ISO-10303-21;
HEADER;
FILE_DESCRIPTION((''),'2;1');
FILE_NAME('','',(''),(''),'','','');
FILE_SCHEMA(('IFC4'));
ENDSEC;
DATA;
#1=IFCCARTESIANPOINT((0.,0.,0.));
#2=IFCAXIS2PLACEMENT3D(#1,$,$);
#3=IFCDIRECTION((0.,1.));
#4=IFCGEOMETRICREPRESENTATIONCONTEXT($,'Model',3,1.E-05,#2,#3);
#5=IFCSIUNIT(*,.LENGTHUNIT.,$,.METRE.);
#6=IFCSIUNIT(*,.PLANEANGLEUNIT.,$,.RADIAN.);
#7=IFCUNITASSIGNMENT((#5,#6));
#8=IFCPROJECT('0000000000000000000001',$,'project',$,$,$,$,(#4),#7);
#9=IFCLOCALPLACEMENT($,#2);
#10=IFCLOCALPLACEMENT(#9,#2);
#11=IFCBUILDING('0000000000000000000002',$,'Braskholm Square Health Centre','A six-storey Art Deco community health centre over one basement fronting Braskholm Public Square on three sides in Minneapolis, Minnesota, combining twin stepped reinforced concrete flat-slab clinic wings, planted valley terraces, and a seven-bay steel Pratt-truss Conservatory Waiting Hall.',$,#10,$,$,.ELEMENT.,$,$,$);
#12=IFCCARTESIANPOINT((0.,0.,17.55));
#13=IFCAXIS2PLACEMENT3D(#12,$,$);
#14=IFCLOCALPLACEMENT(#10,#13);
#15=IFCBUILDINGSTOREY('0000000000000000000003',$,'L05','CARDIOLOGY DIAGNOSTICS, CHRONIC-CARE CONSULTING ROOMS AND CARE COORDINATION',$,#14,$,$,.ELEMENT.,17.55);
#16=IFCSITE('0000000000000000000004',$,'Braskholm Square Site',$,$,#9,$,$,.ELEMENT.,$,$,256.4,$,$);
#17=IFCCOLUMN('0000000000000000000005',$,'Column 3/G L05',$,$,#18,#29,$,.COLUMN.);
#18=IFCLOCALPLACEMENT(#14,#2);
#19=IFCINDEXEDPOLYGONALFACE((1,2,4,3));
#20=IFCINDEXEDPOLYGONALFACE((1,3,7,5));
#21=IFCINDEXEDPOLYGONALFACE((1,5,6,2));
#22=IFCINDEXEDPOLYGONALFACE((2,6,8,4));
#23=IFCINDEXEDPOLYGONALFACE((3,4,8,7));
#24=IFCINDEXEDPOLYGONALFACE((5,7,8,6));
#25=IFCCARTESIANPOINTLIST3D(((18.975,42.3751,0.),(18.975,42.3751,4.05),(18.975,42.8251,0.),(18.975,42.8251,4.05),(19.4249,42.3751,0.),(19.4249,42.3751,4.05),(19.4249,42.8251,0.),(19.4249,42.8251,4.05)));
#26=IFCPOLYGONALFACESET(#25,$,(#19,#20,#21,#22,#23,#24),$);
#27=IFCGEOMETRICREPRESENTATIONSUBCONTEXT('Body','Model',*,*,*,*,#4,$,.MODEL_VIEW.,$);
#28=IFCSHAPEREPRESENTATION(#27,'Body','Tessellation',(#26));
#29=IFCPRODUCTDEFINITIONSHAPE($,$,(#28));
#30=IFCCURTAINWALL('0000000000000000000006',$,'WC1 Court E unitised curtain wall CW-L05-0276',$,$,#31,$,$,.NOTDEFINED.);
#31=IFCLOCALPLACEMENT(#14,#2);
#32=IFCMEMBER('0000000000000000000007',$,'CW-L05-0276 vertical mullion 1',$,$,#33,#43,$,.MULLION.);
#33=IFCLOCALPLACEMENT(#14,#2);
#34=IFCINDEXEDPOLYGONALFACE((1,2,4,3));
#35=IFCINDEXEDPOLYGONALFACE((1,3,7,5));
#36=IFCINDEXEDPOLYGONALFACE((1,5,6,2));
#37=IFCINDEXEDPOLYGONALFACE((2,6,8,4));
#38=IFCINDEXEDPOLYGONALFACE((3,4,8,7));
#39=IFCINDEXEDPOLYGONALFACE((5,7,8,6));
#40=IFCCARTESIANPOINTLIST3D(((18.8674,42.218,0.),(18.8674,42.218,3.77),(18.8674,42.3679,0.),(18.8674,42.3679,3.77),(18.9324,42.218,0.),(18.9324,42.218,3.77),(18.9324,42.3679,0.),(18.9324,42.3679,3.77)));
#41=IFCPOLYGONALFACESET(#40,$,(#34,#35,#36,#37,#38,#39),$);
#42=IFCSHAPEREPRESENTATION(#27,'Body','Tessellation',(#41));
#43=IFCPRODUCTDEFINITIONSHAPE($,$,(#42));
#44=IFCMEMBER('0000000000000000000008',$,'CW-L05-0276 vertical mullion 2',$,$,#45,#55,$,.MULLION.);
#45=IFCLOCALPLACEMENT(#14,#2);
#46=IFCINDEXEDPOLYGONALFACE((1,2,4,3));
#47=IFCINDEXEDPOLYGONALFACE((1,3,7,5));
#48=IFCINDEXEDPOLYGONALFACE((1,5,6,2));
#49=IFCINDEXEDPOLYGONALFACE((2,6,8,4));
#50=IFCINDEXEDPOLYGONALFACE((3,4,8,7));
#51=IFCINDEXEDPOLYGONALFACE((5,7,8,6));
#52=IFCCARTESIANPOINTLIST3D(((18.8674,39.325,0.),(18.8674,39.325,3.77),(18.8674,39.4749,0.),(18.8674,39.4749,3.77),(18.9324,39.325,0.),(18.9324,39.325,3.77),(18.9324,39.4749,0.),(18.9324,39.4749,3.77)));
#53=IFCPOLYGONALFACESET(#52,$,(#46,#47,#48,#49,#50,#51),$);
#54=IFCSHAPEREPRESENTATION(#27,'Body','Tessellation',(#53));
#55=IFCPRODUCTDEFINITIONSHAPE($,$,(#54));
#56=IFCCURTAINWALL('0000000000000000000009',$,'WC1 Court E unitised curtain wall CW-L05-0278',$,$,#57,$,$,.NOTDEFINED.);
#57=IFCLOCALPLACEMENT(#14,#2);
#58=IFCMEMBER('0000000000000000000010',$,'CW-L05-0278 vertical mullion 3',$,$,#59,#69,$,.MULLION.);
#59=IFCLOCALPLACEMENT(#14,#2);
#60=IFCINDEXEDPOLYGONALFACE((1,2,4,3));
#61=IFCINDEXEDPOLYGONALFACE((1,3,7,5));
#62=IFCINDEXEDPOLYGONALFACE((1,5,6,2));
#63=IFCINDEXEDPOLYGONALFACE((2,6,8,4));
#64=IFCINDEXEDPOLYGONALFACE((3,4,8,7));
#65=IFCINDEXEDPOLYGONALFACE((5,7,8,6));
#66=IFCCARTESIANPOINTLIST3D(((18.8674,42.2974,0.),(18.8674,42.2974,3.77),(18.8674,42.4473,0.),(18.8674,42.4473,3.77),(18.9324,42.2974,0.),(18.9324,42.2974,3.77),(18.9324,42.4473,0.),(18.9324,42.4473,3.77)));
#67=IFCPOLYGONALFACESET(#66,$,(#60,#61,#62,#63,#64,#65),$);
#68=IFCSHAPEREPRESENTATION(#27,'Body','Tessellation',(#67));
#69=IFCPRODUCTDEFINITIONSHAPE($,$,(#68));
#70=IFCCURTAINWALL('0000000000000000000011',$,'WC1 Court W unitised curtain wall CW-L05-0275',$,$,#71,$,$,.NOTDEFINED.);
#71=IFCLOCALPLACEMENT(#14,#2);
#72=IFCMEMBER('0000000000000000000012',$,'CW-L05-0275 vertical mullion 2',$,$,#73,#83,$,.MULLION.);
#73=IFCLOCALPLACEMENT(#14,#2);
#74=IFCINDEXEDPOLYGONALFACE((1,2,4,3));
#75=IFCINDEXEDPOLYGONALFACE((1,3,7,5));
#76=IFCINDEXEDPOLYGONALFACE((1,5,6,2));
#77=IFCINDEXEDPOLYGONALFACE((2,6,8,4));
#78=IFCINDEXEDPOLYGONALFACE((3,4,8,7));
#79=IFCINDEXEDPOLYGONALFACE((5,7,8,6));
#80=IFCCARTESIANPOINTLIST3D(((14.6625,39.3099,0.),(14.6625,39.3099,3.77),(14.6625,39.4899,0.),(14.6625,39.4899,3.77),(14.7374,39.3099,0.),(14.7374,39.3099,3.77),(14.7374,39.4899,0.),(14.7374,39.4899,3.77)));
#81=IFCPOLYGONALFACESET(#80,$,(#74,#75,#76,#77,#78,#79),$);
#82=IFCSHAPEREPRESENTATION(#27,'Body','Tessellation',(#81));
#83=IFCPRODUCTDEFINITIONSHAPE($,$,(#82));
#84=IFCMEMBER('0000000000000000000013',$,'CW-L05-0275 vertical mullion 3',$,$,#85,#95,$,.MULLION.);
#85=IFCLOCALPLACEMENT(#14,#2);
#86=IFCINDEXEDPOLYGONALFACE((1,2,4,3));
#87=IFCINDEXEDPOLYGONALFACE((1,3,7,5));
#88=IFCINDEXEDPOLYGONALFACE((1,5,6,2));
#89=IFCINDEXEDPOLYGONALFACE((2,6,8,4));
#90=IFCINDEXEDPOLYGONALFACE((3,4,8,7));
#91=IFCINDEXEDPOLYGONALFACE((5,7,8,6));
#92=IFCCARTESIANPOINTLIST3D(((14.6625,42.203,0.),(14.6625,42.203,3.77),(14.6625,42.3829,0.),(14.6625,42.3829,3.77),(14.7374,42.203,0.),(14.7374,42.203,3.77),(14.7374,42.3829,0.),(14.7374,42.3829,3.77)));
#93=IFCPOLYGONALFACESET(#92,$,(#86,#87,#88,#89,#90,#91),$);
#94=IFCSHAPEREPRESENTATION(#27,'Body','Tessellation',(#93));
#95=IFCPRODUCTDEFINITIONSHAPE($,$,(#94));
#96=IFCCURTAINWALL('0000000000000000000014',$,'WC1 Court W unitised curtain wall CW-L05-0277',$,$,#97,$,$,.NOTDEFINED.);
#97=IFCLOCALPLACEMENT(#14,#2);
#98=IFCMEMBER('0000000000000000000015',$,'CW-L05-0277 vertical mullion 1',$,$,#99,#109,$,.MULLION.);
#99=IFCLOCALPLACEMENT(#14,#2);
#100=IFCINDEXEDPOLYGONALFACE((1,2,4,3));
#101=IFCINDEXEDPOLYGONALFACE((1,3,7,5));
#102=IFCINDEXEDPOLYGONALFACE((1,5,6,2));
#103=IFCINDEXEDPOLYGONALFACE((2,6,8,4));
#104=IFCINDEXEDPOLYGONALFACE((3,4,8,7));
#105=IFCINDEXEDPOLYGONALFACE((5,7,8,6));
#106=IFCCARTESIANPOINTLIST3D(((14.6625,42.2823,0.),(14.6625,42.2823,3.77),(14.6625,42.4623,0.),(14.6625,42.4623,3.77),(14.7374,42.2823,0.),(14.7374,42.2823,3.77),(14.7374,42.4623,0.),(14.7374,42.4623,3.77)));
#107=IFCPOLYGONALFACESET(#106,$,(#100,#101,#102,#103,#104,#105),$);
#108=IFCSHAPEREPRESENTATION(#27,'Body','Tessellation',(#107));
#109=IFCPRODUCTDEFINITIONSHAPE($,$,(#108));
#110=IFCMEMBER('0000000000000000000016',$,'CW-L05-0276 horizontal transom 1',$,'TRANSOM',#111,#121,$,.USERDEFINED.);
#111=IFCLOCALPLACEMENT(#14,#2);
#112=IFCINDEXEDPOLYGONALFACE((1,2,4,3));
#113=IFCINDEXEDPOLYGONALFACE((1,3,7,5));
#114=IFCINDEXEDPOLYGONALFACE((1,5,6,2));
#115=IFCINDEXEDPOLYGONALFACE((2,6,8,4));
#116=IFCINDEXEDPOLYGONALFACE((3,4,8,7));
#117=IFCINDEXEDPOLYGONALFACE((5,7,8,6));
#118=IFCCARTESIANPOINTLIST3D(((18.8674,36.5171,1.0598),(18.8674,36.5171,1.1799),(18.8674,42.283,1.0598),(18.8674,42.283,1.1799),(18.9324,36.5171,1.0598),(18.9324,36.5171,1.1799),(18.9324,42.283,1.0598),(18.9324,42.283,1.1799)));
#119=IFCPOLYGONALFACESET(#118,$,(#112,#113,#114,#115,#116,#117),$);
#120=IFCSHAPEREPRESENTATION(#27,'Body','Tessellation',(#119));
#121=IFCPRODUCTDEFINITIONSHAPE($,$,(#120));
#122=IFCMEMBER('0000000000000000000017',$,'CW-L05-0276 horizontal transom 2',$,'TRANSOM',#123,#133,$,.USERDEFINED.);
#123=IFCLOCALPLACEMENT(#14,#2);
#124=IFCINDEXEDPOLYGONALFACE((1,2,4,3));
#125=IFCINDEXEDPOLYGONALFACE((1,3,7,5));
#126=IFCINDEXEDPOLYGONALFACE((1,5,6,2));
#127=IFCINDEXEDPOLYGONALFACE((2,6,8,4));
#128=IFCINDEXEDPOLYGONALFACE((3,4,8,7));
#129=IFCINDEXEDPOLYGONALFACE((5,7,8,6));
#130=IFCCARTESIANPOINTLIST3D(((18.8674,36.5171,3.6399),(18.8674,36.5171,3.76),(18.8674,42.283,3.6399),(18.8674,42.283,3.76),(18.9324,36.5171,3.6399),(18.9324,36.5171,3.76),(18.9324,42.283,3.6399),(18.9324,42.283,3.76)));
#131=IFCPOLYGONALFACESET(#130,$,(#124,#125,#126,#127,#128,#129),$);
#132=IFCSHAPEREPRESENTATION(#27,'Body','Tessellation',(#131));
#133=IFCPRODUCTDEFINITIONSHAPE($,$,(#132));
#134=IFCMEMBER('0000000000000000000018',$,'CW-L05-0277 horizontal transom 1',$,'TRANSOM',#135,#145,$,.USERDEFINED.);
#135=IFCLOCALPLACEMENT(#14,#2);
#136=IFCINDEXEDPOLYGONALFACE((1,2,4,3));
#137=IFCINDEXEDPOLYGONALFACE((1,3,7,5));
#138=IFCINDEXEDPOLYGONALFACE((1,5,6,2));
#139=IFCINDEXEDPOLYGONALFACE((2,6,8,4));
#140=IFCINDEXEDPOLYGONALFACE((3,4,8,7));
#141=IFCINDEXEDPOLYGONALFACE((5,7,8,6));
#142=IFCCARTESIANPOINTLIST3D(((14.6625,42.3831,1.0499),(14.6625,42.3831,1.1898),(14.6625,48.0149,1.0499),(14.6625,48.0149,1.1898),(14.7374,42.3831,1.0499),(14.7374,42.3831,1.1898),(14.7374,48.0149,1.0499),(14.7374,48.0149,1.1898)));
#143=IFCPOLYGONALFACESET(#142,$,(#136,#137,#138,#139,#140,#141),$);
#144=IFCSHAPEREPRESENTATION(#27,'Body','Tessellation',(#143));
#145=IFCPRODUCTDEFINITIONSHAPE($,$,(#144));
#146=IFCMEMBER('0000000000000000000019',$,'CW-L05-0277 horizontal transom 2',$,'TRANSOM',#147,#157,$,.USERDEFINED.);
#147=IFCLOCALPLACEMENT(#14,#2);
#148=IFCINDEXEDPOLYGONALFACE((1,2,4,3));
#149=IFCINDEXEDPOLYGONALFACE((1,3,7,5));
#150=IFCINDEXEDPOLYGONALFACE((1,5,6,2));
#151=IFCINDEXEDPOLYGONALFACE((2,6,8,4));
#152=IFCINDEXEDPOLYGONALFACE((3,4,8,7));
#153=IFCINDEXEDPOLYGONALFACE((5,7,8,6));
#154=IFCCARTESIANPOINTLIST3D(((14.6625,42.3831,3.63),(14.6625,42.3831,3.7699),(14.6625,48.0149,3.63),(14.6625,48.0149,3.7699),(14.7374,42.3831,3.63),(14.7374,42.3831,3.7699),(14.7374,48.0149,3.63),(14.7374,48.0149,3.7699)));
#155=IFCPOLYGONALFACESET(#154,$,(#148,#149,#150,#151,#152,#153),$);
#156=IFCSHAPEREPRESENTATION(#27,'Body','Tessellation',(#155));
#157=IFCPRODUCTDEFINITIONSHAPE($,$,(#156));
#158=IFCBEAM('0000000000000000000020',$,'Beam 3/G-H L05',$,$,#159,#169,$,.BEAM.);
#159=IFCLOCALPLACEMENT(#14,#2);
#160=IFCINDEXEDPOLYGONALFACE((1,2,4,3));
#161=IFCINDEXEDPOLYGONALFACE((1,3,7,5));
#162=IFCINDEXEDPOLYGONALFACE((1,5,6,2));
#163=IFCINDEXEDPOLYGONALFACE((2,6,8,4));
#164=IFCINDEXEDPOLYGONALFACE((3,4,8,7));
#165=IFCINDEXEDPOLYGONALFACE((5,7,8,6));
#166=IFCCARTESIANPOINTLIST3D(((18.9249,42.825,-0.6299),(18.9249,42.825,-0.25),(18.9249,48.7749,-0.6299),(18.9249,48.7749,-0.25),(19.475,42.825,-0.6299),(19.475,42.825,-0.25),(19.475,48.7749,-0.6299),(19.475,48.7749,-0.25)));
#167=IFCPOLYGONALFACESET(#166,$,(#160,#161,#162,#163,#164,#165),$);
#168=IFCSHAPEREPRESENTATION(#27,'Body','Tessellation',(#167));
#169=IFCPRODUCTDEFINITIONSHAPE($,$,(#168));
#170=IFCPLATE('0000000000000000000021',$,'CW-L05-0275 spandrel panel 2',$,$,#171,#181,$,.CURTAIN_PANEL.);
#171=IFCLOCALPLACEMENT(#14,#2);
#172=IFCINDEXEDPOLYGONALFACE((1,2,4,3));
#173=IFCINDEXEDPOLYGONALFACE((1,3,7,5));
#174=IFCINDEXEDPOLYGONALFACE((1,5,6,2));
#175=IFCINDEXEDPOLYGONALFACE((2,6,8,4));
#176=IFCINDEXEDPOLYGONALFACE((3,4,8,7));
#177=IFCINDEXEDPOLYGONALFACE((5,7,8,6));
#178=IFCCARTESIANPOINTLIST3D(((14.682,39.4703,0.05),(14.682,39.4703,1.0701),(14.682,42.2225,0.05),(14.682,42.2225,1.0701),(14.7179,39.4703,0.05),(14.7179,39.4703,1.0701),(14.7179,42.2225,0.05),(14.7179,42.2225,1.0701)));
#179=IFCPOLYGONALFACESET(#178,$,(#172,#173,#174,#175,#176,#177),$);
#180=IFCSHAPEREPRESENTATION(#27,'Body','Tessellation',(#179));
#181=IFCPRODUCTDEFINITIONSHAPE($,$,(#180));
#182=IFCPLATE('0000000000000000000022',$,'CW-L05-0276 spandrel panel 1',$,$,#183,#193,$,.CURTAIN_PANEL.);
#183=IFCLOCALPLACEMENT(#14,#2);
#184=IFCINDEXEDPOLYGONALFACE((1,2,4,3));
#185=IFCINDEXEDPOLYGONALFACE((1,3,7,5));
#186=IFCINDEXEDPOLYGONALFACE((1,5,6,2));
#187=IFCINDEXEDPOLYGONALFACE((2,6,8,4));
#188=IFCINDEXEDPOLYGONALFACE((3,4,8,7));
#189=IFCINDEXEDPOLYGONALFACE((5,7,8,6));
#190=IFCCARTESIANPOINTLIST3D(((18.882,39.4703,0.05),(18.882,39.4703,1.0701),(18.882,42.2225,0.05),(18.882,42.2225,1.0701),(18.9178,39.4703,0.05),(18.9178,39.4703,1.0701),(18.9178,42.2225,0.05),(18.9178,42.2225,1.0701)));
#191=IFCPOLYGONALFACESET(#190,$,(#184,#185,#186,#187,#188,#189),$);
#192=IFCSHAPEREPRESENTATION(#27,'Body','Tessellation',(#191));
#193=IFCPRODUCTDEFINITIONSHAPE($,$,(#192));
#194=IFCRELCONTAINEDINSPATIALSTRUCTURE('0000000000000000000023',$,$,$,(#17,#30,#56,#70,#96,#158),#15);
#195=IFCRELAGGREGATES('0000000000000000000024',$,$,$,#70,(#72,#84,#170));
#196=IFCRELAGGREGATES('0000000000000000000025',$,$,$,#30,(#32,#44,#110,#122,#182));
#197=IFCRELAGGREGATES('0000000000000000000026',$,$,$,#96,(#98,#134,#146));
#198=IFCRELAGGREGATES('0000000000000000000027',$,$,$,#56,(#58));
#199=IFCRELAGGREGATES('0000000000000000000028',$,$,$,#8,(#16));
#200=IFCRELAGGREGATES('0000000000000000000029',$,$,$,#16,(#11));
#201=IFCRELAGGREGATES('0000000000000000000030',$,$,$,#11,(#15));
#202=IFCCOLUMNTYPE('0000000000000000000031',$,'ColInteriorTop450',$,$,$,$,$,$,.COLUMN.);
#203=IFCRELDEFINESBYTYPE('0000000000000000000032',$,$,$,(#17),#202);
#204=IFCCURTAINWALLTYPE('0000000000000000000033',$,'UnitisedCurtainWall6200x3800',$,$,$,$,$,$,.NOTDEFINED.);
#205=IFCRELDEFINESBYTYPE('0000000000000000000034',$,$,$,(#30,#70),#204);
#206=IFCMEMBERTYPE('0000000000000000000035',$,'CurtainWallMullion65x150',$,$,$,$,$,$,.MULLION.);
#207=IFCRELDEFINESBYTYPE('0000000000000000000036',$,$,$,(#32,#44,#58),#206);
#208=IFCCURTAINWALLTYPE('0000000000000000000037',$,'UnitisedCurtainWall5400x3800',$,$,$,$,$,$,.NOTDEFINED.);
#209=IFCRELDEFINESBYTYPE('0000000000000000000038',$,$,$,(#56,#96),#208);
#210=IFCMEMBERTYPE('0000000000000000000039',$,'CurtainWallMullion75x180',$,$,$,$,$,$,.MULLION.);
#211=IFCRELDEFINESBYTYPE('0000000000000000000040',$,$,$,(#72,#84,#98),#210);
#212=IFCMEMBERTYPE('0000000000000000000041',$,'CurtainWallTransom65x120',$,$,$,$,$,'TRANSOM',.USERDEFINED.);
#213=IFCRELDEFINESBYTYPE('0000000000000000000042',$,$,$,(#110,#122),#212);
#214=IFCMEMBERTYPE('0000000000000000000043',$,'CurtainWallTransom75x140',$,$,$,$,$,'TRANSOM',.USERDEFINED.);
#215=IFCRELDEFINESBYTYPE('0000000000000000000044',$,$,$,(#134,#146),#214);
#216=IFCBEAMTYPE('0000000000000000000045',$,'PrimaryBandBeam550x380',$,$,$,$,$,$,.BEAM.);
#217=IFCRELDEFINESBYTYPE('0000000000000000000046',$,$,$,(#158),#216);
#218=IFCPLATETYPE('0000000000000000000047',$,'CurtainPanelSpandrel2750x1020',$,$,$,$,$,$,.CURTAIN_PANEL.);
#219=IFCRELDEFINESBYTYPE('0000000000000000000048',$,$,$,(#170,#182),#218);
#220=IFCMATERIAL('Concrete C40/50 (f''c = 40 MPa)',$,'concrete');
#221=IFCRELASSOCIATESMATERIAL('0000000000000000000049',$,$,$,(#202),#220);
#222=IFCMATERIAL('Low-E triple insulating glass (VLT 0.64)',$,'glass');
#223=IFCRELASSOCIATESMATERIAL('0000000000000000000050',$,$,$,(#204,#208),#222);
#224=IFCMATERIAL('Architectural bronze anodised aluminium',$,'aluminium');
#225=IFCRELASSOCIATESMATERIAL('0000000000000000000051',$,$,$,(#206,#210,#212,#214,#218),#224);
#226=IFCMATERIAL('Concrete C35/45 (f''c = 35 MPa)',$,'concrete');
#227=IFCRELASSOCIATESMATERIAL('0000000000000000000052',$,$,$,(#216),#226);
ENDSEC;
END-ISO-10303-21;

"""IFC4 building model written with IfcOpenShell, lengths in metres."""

from ifc_helpers import new_model, si_unit, direction, frame, origin, origin_2d, place, context, subcontext, project, spatial, rectangle, extrude, material, material_profile, profile_set, type_object, element, aggregate, save


model = new_model("IFC4")

# Units and contexts
model_context = context("Model", 3, precision=1e-05, world=origin(), true_north=direction((0.0, 1.0)))
body_context = subcontext(model_context, "Body", "Model", "MODEL_VIEW")
ifc_project = project(units=[si_unit("LENGTHUNIT", "METRE"), si_unit("PLANEANGLEUNIT", "RADIAN")], contexts=[model_context])

# Site, building, storey
site_placement = place(None, origin())
site = spatial("IfcSite", under=ifc_project, at=site_placement, Name="Braskholm Square Site", CompositionType="ELEMENT", RefElevation=256.4)
building_placement = place(site_placement, origin())
building = spatial("IfcBuilding", under=site, at=building_placement, Name="Braskholm Square Health Centre", Description="A six-storey Art Deco community health centre over one basement fronting Braskholm Public Square on three sides in Minneapolis, Minnesota, combining twin stepped reinforced concrete flat-slab clinic wings, planted valley terraces, and a seven-bay steel Pratt-truss Conservatory Waiting Hall.", CompositionType="ELEMENT")
storey_placement = place(building_placement, frame((0.0, 0.0, 17.55)))
storey = spatial("IfcBuildingStorey", under=building, at=storey_placement, Name="L05", Description="CARDIOLOGY DIAGNOSTICS, CHRONIC-CARE CONSULTING ROOMS AND CARE COORDINATION", CompositionType="ELEMENT", Elevation=17.55)

# Column
ifc_material_1 = material(Name="Concrete C40/50 (f'c = 40 MPa)", Category="concrete")
ifc_material_profile_1 = material_profile(ifc_material_1, rectangle(XDim=0.45, YDim=0.45, at=origin_2d()), Name="RC-450X450")
ifc_profile_set_1 = profile_set([ifc_material_profile_1], Name="Concrete C40/50 (f'c = 40 MPa)")
column_type = type_object("IfcColumnType", Name="ColInteriorTop450", PredefinedType="COLUMN", material=ifc_profile_set_1)
column_placement = place(storey_placement, frame((19.2, 42.6001, 0.0), z_axis=(0.0, 0.0, 1.0), x_axis=(1.0, 0.0, 0.0)))
element("IfcColumn", 1, at=column_placement, inside=storey, type_object=column_type, Name="Column 3/G L05", PredefinedType="COLUMN", context=body_context, shape_type="SweptSolid", body=[
    extrude(rectangle(XDim=0.45, YDim=0.45, at=origin_2d()), origin(), (0.0, 0.0, 1.0), 4.05),
])

# Curtain wall, members
ifc_material_2 = material(Name="Low-E triple insulating glass (VLT 0.64)", Category="glass")
curtain_wall_type_1 = type_object("IfcCurtainWallType", Name="UnitisedCurtainWall6200x3800", PredefinedType="NOTDEFINED", material=ifc_material_2)
curtain_wall_1_placement = place(storey_placement, origin())
curtain_wall_1 = element("IfcCurtainWall", 2, at=curtain_wall_1_placement, inside=storey, type_object=curtain_wall_type_1, Name="WC1 Court E unitised curtain wall CW-L05-0276", PredefinedType="NOTDEFINED")
ifc_material_3 = material(Name="Architectural bronze anodised aluminium", Category="aluminium")
ifc_material_profile_2 = material_profile(ifc_material_3, rectangle(XDim=0.0649, YDim=0.1499, at=origin_2d()), Name="ALU-65X150")
ifc_profile_set_2 = profile_set([ifc_material_profile_2], Name="Architectural bronze anodised aluminium")
member_type_1 = type_object("IfcMemberType", Name="CurtainWallMullion65x150", PredefinedType="MULLION", material=ifc_profile_set_2)
member_1_placement = place(storey_placement, frame((18.8999, 42.293, 0.0), z_axis=(0.0, 0.0, 1.0), x_axis=(1.0, 0.0, 0.0)))
member_1 = element("IfcMember", 3, at=member_1_placement, type_object=member_type_1, Name="CW-L05-0276 vertical mullion 1", PredefinedType="MULLION", context=body_context, shape_type="SweptSolid", body=[
    extrude(rectangle(XDim=0.0649, YDim=0.1499, at=origin_2d()), origin(), (0.0, 0.0, 1.0), 3.77),
])
member_2_placement = place(storey_placement, frame((18.8999, 39.3999, 0.0), z_axis=(0.0, 0.0, 1.0), x_axis=(1.0, 0.0, 0.0)))
member_2 = element("IfcMember", 4, at=member_2_placement, type_object=member_type_1, Name="CW-L05-0276 vertical mullion 2", PredefinedType="MULLION", context=body_context, shape_type="SweptSolid", body=[
    extrude(rectangle(XDim=0.0649, YDim=0.1499, at=origin_2d()), origin(), (0.0, 0.0, 1.0), 3.77),
])

# Curtain wall, member
curtain_wall_type_2 = type_object("IfcCurtainWallType", Name="UnitisedCurtainWall5400x3800", PredefinedType="NOTDEFINED", material=ifc_material_2)
curtain_wall_2_placement = place(storey_placement, origin())
curtain_wall_2 = element("IfcCurtainWall", 5, at=curtain_wall_2_placement, inside=storey, type_object=curtain_wall_type_2, Name="WC1 Court E unitised curtain wall CW-L05-0278", PredefinedType="NOTDEFINED")
member_3_placement = place(storey_placement, frame((18.8999, 42.3723, 0.0), z_axis=(0.0, 0.0, 1.0), x_axis=(1.0, 0.0, 0.0)))
member_3 = element("IfcMember", 6, at=member_3_placement, type_object=member_type_1, Name="CW-L05-0278 vertical mullion 3", PredefinedType="MULLION", context=body_context, shape_type="SweptSolid", body=[
    extrude(rectangle(XDim=0.0649, YDim=0.1499, at=origin_2d()), origin(), (0.0, 0.0, 1.0), 3.77),
])

# Curtain wall, members
curtain_wall_3_placement = place(storey_placement, origin())
curtain_wall_3 = element("IfcCurtainWall", 7, at=curtain_wall_3_placement, inside=storey, type_object=curtain_wall_type_1, Name="WC1 Court W unitised curtain wall CW-L05-0275", PredefinedType="NOTDEFINED")
ifc_material_profile_3 = material_profile(ifc_material_3, rectangle(XDim=0.075, YDim=0.1799, at=origin_2d()), Name="ALU-75X180")
ifc_profile_set_3 = profile_set([ifc_material_profile_3], Name="Architectural bronze anodised aluminium")
member_type_2 = type_object("IfcMemberType", Name="CurtainWallMullion75x180", PredefinedType="MULLION", material=ifc_profile_set_3)
member_4_placement = place(storey_placement, frame((14.7, 39.3999, 0.0), z_axis=(0.0, 0.0, 1.0), x_axis=(1.0, 0.0, 0.0)))
member_4 = element("IfcMember", 8, at=member_4_placement, type_object=member_type_2, Name="CW-L05-0275 vertical mullion 2", PredefinedType="MULLION", context=body_context, shape_type="SweptSolid", body=[
    extrude(rectangle(XDim=0.075, YDim=0.1799, at=origin_2d()), origin(), (0.0, 0.0, 1.0), 3.77),
])
member_5_placement = place(storey_placement, frame((14.7, 42.293, 0.0), z_axis=(0.0, 0.0, 1.0), x_axis=(1.0, 0.0, 0.0)))
member_5 = element("IfcMember", 9, at=member_5_placement, type_object=member_type_2, Name="CW-L05-0275 vertical mullion 3", PredefinedType="MULLION", context=body_context, shape_type="SweptSolid", body=[
    extrude(rectangle(XDim=0.075, YDim=0.1799, at=origin_2d()), origin(), (0.0, 0.0, 1.0), 3.77),
])

# Curtain wall, member
curtain_wall_4_placement = place(storey_placement, origin())
curtain_wall_4 = element("IfcCurtainWall", 10, at=curtain_wall_4_placement, inside=storey, type_object=curtain_wall_type_2, Name="WC1 Court W unitised curtain wall CW-L05-0277", PredefinedType="NOTDEFINED")
member_6_placement = place(storey_placement, frame((14.7, 42.3723, 0.0), z_axis=(0.0, 0.0, 1.0), x_axis=(1.0, 0.0, 0.0)))
member_6 = element("IfcMember", 11, at=member_6_placement, type_object=member_type_2, Name="CW-L05-0277 vertical mullion 1", PredefinedType="MULLION", context=body_context, shape_type="SweptSolid", body=[
    extrude(rectangle(XDim=0.075, YDim=0.1799, at=origin_2d()), origin(), (0.0, 0.0, 1.0), 3.77),
])

# Members
ifc_material_profile_4 = material_profile(ifc_material_3, rectangle(XDim=0.0649, YDim=0.1201, at=origin_2d()), Name="ALU-65X120")
ifc_profile_set_4 = profile_set([ifc_material_profile_4], Name="Architectural bronze anodised aluminium")
member_type_3 = type_object("IfcMemberType", Name="CurtainWallTransom65x120", ElementType="TRANSOM", PredefinedType="USERDEFINED", material=ifc_profile_set_4)
member_7_placement = place(storey_placement, frame((18.8999, 42.283, 1.1199), z_axis=(0.0, -1.0, 0.0), x_axis=(1.0, 0.0, 0.0)))
member_7 = element("IfcMember", 12, at=member_7_placement, type_object=member_type_3, Name="CW-L05-0276 horizontal transom 1", ObjectType="TRANSOM", PredefinedType="USERDEFINED", context=body_context, shape_type="SweptSolid", body=[
    extrude(rectangle(XDim=0.0649, YDim=0.1201, at=origin_2d()), origin(), (0.0, 0.0, 1.0), 5.7659),
])
member_8_placement = place(storey_placement, frame((18.8999, 42.283, 3.7), z_axis=(0.0, -1.0, 0.0), x_axis=(1.0, 0.0, 0.0)))
member_8 = element("IfcMember", 13, at=member_8_placement, type_object=member_type_3, Name="CW-L05-0276 horizontal transom 2", ObjectType="TRANSOM", PredefinedType="USERDEFINED", context=body_context, shape_type="SweptSolid", body=[
    extrude(rectangle(XDim=0.0649, YDim=0.1201, at=origin_2d()), origin(), (0.0, 0.0, 1.0), 5.7659),
])
ifc_material_profile_5 = material_profile(ifc_material_3, rectangle(XDim=0.075, YDim=0.1399, at=origin_2d()), Name="ALU-75X140")
ifc_profile_set_5 = profile_set([ifc_material_profile_5], Name="Architectural bronze anodised aluminium")
member_type_4 = type_object("IfcMemberType", Name="CurtainWallTransom75x140", ElementType="TRANSOM", PredefinedType="USERDEFINED", material=ifc_profile_set_5)
member_9_placement = place(storey_placement, frame((14.7, 42.3831, 1.1199), z_axis=(0.0, 1.0, 0.0), x_axis=(-1.0, 0.0, 0.0)))
member_9 = element("IfcMember", 14, at=member_9_placement, type_object=member_type_4, Name="CW-L05-0277 horizontal transom 1", ObjectType="TRANSOM", PredefinedType="USERDEFINED", context=body_context, shape_type="SweptSolid", body=[
    extrude(rectangle(XDim=0.075, YDim=0.1399, at=origin_2d()), origin(), (0.0, 0.0, 1.0), 5.6318),
])
member_10_placement = place(storey_placement, frame((14.7, 42.3831, 3.7), z_axis=(0.0, 1.0, 0.0), x_axis=(-1.0, 0.0, 0.0)))
member_10 = element("IfcMember", 15, at=member_10_placement, type_object=member_type_4, Name="CW-L05-0277 horizontal transom 2", ObjectType="TRANSOM", PredefinedType="USERDEFINED", context=body_context, shape_type="SweptSolid", body=[
    extrude(rectangle(XDim=0.075, YDim=0.1399, at=origin_2d()), origin(), (0.0, 0.0, 1.0), 5.6318),
])

# Beam
ifc_material_4 = material(Name="Concrete C35/45 (f'c = 35 MPa)", Category="concrete")
ifc_material_profile_6 = material_profile(ifc_material_4, rectangle(XDim=0.55, YDim=0.3799, at=origin_2d()), Name="RCB-550X380")
ifc_profile_set_6 = profile_set([ifc_material_profile_6], Name="Concrete C35/45 (f'c = 35 MPa)")
beam_type = type_object("IfcBeamType", Name="PrimaryBandBeam550x380", PredefinedType="BEAM", material=ifc_profile_set_6)
beam_placement = place(storey_placement, frame((19.2, 42.825, -0.4399), z_axis=(0.0, 1.0, 0.0), x_axis=(-1.0, 0.0, 0.0)))
element("IfcBeam", 16, at=beam_placement, inside=storey, type_object=beam_type, Name="Beam 3/G-H L05", PredefinedType="BEAM", context=body_context, shape_type="SweptSolid", body=[
    extrude(rectangle(XDim=0.55, YDim=0.3799, at=origin_2d()), origin(), (0.0, 0.0, 1.0), 5.95),
])

# Plates
plate_type_1 = type_object("IfcPlateType", Name="CurtainPanelSpandrel2750x1020", PredefinedType="CURTAIN_PANEL", material=ifc_material_3)
plate_1_placement = place(storey_placement, frame((14.7, 40.8464, 0.05), z_axis=(0.0, 0.0, 1.0), x_axis=(0.0, 1.0, 0.0)))
plate_1 = element("IfcPlate", 17, at=plate_1_placement, type_object=plate_type_1, Name="CW-L05-0275 spandrel panel 2", PredefinedType="CURTAIN_PANEL", context=body_context, shape_type="SweptSolid", body=[
    extrude(rectangle(XDim=2.7522, YDim=0.0359, at=origin_2d()), origin(), (0.0, 0.0, 1.0), 1.02),
])
plate_2_placement = place(storey_placement, frame((18.8999, 40.8464, 0.05), z_axis=(0.0, 0.0, 1.0), x_axis=(0.0, -1.0, 0.0)))
plate_2 = element("IfcPlate", 18, at=plate_2_placement, type_object=plate_type_1, Name="CW-L05-0276 spandrel panel 1", PredefinedType="CURTAIN_PANEL", context=body_context, shape_type="SweptSolid", body=[
    extrude(rectangle(XDim=2.7522, YDim=0.0359, at=origin_2d()), origin(), (0.0, 0.0, 1.0), 1.02),
])
aggregate(curtain_wall_3, [member_4, member_5, plate_1])
aggregate(curtain_wall_1, [member_1, member_2, member_7, member_8, plate_2])
aggregate(curtain_wall_4, [member_6, member_9, member_10])
aggregate(curtain_wall_2, [member_3])

save(model, "model.ifc")
